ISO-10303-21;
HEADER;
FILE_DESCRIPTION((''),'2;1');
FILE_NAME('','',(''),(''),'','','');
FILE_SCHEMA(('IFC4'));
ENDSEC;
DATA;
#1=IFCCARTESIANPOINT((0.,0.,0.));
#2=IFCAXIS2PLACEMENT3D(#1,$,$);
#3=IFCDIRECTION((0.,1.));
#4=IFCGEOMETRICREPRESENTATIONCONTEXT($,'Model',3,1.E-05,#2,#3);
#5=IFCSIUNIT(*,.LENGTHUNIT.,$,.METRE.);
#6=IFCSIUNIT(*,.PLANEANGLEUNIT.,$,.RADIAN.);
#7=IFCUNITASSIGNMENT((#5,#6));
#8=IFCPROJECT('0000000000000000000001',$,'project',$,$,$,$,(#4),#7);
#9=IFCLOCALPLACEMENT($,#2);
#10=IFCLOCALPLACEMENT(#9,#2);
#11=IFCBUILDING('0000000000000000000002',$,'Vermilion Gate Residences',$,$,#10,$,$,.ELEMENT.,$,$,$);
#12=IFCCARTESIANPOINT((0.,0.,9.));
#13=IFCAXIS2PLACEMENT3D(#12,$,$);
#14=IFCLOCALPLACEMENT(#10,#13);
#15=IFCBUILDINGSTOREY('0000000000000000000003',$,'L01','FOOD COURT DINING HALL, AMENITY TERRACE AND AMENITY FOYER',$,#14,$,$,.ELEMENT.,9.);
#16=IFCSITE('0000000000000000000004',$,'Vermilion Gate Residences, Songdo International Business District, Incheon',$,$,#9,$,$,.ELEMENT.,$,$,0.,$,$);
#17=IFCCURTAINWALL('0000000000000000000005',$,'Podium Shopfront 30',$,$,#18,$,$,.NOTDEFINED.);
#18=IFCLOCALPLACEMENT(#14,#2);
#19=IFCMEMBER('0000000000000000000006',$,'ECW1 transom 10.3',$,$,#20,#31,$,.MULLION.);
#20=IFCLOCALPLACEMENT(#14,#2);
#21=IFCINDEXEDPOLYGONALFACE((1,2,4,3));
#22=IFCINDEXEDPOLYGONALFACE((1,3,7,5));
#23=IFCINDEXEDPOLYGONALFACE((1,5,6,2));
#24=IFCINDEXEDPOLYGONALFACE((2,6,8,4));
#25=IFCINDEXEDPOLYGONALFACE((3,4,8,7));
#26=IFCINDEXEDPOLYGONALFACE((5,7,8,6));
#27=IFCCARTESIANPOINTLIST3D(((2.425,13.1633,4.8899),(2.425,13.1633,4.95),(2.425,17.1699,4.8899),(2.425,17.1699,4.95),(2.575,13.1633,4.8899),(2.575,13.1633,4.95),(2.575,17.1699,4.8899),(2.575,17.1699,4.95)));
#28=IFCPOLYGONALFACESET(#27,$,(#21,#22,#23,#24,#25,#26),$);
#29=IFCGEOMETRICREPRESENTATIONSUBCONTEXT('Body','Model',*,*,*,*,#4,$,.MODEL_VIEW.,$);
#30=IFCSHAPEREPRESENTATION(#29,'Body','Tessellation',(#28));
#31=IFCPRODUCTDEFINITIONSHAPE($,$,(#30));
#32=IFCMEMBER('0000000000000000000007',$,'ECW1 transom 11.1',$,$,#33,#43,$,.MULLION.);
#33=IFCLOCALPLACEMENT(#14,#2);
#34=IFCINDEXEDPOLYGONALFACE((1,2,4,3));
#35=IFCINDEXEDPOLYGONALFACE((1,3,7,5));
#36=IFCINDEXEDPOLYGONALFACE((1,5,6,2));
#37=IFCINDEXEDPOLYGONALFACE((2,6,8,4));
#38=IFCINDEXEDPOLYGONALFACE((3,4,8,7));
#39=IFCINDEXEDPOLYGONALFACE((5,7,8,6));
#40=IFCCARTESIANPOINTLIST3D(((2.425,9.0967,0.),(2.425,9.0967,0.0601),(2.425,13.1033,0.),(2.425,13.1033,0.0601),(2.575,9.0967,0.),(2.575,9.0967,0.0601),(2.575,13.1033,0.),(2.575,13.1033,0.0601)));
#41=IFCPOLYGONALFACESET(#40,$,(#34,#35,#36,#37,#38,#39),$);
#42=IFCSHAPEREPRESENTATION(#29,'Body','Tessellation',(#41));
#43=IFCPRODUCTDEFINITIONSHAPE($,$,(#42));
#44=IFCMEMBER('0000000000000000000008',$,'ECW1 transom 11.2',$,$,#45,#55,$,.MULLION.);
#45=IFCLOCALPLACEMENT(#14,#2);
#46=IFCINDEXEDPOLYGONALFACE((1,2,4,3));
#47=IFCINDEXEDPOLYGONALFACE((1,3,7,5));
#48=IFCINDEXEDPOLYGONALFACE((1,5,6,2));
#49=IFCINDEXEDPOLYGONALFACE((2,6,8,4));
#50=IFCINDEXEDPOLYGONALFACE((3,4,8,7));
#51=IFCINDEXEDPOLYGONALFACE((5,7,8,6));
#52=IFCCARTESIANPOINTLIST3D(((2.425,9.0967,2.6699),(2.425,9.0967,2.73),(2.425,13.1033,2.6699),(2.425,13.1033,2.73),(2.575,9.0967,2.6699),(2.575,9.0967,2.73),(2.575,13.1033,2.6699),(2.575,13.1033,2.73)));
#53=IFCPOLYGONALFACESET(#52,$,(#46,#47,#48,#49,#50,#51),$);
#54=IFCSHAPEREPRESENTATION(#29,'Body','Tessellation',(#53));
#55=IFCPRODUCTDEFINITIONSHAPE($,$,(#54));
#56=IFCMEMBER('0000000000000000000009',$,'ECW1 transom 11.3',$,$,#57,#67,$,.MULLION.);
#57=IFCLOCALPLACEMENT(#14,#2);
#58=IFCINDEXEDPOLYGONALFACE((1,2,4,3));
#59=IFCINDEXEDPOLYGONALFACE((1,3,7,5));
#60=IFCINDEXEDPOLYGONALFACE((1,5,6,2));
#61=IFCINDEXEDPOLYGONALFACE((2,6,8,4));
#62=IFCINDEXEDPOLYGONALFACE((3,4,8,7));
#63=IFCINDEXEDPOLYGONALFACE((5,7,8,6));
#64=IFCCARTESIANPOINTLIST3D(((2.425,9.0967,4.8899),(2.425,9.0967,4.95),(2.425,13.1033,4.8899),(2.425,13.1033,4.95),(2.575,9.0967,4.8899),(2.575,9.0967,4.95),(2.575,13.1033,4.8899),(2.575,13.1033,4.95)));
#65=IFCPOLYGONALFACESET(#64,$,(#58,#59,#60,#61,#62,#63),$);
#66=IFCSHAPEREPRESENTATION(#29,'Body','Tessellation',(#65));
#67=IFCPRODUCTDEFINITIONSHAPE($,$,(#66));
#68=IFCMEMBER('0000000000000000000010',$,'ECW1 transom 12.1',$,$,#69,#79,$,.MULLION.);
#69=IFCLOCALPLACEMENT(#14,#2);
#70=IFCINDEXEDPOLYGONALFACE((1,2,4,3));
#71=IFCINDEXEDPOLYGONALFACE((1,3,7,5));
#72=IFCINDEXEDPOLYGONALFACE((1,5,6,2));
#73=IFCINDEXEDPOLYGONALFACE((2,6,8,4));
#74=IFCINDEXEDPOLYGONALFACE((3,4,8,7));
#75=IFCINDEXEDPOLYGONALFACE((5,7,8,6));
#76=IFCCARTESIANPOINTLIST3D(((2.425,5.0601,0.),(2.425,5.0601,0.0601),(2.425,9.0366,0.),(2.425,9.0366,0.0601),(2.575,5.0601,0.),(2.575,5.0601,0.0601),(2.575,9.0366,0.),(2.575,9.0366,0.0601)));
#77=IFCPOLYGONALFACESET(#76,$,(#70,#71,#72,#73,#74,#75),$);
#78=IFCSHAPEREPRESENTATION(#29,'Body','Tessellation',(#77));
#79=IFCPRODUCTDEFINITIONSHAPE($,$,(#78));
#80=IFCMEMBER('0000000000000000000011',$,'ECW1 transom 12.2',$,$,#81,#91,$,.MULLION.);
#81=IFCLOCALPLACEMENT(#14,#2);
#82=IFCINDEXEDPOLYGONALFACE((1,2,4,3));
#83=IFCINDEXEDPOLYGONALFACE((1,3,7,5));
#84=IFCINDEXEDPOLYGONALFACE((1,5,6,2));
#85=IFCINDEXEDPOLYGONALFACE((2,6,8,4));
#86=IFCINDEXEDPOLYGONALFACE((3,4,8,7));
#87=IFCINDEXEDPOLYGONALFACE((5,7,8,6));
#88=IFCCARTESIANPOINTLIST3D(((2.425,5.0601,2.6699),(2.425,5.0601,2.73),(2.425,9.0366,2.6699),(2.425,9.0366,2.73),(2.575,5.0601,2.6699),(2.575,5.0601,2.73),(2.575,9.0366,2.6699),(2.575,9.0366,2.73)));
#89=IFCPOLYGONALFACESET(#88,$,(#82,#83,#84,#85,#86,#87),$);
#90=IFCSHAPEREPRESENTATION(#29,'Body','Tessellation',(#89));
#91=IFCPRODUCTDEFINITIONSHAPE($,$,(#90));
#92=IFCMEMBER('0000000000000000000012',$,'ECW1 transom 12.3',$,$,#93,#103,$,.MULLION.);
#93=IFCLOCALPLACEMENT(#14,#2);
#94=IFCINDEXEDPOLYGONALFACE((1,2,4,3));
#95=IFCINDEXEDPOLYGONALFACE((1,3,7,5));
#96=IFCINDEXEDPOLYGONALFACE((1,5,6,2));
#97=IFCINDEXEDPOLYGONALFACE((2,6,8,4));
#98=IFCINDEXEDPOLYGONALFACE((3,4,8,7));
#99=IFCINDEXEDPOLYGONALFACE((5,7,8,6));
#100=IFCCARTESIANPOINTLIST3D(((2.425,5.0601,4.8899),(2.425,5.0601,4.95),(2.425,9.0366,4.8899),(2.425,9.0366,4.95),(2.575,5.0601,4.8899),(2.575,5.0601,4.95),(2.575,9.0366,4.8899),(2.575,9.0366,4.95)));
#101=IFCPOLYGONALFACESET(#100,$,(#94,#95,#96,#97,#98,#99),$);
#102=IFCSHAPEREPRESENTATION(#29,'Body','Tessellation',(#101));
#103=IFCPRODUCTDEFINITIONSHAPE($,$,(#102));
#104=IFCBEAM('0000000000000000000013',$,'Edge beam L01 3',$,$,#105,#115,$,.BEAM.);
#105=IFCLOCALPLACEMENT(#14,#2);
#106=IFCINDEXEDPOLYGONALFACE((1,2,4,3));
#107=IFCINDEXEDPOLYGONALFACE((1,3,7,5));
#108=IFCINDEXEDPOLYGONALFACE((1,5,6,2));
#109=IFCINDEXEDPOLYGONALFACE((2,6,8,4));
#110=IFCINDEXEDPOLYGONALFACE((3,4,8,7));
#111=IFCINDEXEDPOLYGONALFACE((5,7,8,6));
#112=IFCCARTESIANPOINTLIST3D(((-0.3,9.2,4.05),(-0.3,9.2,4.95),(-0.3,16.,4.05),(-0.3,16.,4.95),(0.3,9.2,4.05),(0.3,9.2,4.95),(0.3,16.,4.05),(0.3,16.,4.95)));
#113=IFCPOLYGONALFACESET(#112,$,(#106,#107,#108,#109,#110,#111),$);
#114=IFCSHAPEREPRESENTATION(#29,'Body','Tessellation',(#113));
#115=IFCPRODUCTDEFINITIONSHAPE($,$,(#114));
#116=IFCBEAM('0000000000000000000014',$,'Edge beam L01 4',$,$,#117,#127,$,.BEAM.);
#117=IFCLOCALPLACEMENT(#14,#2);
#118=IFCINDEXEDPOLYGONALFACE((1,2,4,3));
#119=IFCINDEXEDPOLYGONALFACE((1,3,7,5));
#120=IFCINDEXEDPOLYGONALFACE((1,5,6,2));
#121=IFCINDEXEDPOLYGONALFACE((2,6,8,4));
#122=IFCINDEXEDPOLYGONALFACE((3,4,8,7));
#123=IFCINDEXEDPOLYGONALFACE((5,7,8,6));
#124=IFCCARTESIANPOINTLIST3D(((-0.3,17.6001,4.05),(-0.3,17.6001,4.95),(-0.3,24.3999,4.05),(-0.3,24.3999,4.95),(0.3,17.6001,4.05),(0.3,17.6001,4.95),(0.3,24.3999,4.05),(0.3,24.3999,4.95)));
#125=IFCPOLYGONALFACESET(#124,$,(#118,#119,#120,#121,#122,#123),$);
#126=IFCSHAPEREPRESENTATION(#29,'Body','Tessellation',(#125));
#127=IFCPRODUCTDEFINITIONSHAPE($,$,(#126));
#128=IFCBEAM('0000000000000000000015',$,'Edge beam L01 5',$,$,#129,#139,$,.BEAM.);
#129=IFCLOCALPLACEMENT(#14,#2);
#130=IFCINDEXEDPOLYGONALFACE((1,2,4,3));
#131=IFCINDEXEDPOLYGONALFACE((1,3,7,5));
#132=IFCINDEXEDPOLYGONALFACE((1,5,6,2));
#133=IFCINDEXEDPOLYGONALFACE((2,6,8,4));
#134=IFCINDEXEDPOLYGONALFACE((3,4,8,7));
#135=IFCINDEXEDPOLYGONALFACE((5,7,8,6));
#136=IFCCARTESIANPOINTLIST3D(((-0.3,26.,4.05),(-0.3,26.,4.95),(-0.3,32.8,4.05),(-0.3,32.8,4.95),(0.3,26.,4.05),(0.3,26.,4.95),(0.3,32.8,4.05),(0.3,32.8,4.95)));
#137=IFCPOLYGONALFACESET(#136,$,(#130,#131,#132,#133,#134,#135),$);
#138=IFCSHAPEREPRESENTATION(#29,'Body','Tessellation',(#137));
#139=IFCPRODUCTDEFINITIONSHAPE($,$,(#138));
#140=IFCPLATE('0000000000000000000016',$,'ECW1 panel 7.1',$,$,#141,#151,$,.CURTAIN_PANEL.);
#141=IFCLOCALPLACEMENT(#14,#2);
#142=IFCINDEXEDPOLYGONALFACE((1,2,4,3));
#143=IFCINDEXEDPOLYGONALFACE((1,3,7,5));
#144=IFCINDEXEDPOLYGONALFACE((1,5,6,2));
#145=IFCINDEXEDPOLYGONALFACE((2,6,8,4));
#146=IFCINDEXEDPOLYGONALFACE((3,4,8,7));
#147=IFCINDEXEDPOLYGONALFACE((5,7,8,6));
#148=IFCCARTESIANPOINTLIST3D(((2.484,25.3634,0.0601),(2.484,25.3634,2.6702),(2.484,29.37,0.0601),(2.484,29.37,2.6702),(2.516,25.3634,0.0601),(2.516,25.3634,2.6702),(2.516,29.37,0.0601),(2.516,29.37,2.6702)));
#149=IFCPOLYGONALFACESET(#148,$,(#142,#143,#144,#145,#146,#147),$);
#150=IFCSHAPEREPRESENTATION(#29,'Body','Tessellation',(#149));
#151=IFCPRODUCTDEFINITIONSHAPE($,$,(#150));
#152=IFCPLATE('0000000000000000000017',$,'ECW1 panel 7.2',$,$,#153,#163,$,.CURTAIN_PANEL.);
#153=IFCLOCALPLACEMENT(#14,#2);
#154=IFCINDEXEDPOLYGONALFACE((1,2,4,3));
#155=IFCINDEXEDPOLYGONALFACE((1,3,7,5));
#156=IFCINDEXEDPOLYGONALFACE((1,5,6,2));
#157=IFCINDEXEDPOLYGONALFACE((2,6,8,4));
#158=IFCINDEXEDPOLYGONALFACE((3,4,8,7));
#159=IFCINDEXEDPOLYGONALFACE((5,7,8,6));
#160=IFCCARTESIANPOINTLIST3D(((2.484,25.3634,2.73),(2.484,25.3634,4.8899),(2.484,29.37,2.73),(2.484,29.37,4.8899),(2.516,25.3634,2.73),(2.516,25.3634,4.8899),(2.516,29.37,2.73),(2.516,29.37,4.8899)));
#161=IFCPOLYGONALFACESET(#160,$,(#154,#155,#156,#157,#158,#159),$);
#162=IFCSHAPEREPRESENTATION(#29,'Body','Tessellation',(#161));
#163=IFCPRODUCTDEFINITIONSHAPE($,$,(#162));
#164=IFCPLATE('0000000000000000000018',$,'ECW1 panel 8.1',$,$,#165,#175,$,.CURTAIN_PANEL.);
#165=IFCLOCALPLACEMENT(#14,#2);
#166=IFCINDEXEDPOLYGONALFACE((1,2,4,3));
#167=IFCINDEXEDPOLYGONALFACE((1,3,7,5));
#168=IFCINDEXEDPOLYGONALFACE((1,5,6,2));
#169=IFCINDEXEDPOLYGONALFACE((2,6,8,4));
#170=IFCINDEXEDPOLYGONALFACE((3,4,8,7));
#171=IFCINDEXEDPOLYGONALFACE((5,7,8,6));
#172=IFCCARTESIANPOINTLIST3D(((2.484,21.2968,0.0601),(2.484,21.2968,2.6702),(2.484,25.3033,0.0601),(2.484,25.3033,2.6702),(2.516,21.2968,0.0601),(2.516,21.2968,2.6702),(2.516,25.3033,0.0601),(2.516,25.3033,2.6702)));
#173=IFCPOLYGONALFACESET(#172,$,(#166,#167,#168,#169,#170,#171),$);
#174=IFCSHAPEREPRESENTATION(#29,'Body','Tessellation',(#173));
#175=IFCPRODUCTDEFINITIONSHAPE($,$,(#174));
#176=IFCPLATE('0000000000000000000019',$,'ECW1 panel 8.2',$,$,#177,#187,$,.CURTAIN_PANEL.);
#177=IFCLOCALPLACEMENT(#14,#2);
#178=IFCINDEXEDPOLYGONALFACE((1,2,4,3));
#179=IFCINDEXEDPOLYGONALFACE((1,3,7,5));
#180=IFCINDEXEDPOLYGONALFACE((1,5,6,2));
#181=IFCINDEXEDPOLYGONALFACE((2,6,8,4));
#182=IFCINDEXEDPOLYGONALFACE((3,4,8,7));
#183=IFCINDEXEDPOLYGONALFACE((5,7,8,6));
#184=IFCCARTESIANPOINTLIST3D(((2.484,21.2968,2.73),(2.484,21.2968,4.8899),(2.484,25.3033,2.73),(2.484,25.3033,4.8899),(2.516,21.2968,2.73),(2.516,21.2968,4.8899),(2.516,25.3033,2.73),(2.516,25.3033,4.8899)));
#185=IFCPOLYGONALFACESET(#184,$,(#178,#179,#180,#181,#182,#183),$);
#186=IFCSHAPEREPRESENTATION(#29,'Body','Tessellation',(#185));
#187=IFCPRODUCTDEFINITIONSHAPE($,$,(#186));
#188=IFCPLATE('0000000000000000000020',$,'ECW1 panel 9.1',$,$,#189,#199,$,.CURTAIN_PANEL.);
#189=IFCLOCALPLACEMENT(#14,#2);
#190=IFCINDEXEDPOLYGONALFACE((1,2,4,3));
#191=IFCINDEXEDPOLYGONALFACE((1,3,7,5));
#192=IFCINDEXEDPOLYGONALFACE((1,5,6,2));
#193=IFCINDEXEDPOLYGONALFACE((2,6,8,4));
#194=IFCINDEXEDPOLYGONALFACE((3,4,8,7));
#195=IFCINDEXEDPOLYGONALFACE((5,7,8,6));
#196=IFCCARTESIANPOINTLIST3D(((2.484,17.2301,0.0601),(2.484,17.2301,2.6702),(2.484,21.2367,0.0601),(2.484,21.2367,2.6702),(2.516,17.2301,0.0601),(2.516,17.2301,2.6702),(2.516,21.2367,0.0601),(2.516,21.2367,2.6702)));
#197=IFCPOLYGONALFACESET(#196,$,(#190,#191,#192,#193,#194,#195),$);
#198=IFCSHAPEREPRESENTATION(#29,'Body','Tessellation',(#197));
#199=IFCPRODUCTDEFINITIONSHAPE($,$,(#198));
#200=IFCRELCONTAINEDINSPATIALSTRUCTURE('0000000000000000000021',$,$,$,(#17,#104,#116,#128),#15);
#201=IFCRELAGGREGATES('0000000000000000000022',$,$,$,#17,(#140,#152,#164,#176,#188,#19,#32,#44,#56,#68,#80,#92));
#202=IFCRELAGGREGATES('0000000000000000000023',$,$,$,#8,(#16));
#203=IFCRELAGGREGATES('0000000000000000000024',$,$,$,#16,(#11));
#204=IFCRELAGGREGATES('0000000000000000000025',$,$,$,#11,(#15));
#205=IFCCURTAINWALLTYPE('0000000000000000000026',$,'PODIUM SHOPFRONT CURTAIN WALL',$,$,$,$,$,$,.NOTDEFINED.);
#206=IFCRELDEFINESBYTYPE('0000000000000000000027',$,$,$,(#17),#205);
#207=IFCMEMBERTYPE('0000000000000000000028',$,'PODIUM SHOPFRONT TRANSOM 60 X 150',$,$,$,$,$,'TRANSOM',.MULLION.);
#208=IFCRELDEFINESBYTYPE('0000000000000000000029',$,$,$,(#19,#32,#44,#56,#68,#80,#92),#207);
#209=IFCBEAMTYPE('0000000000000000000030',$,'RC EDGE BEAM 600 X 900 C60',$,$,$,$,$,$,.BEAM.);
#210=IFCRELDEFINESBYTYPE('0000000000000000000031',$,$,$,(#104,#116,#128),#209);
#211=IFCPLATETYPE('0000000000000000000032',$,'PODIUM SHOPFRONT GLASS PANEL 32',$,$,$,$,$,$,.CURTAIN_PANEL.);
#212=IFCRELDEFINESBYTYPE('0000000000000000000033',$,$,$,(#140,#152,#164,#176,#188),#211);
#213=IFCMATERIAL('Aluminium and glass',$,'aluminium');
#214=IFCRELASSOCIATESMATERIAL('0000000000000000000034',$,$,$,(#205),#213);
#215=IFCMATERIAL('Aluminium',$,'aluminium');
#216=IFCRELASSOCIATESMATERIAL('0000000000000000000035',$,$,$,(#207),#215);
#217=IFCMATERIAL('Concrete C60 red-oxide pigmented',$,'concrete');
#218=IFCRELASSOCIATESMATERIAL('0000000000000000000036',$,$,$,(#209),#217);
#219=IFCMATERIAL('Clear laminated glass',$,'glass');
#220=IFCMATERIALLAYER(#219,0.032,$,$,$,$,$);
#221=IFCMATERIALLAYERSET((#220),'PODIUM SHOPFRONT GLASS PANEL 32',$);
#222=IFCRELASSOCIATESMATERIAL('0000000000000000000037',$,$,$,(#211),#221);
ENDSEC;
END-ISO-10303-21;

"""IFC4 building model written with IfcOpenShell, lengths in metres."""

from ifc_helpers import new_model, si_unit, direction, frame, origin, origin_2d, place, context, subcontext, project, spatial, rectangle, extrude, material, layer, layer_set, material_profile, profile_set, type_object, element, aggregate, save


model = new_model("IFC4")

# Units and contexts
model_context = context("Model", 3, precision=1e-05, world=origin(), true_north=direction((0.0, 1.0)))
body_context = subcontext(model_context, "Body", "Model", "MODEL_VIEW")
ifc_project = project(units=[si_unit("LENGTHUNIT", "METRE"), si_unit("PLANEANGLEUNIT", "RADIAN")], contexts=[model_context])

# Site, building, storey
site_placement = place(None, origin())
site = spatial("IfcSite", under=ifc_project, at=site_placement, Name="Vermilion Gate Residences, Songdo International Business District, Incheon", CompositionType="ELEMENT", RefElevation=0.0)
building_placement = place(site_placement, origin())
building = spatial("IfcBuilding", under=site, at=building_placement, Name="Vermilion Gate Residences", CompositionType="ELEMENT")
storey_placement = place(building_placement, frame((0.0, 0.0, 9.0)))
storey = spatial("IfcBuildingStorey", under=building, at=storey_placement, Name="L01", Description="FOOD COURT DINING HALL, AMENITY TERRACE AND AMENITY FOYER", CompositionType="ELEMENT", Elevation=9.0)

# Curtain wall, members
ifc_material_1 = material(Name="Aluminium and glass", Category="aluminium")
curtain_wall_type = type_object("IfcCurtainWallType", Name="PODIUM SHOPFRONT CURTAIN WALL", PredefinedType="NOTDEFINED", material=ifc_material_1)
curtain_wall_placement = place(storey_placement, origin())
curtain_wall = element("IfcCurtainWall", 1, at=curtain_wall_placement, inside=storey, type_object=curtain_wall_type, Name="Podium Shopfront 30", PredefinedType="NOTDEFINED")
ifc_material_2 = material(Name="Aluminium", Category="aluminium")
ifc_material_profile_1 = material_profile(ifc_material_2, rectangle(XDim=0.1499, YDim=0.0601, at=origin_2d()), Name="TRANSOM 60 X 150")
ifc_profile_set_1 = profile_set([ifc_material_profile_1], Name="Aluminium")
member_type_1 = type_object("IfcMemberType", Name="PODIUM SHOPFRONT TRANSOM 60 X 150", ElementType="TRANSOM", PredefinedType="MULLION", material=ifc_profile_set_1)
member_1_placement = place(storey_placement, frame((2.5, 17.1699, 4.9199), z_axis=(0.0, -1.0, 0.0), x_axis=(1.0, 0.0, 0.0)))
member_1 = element("IfcMember", 2, at=member_1_placement, type_object=member_type_1, Name="ECW1 transom 10.3", PredefinedType="MULLION", context=body_context, shape_type="SweptSolid", body=[
    extrude(rectangle(XDim=0.1499, YDim=0.0601, at=origin_2d()), origin(), (0.0, 0.0, 1.0), 4.0066),
])
member_2_placement = place(storey_placement, frame((2.5, 13.1033, 0.03), z_axis=(0.0, -1.0, 0.0), x_axis=(1.0, 0.0, 0.0)))
member_2 = element("IfcMember", 3, at=member_2_placement, type_object=member_type_1, Name="ECW1 transom 11.1", PredefinedType="MULLION", context=body_context, shape_type="SweptSolid", body=[
    extrude(rectangle(XDim=0.1499, YDim=0.0601, at=origin_2d()), origin(), (0.0, 0.0, 1.0), 4.0066),
])
member_3_placement = place(storey_placement, frame((2.5, 13.1033, 2.7), z_axis=(0.0, -1.0, 0.0), x_axis=(1.0, 0.0, 0.0)))
member_3 = element("IfcMember", 4, at=member_3_placement, type_object=member_type_1, Name="ECW1 transom 11.2", PredefinedType="MULLION", context=body_context, shape_type="SweptSolid", body=[
    extrude(rectangle(XDim=0.1499, YDim=0.0601, at=origin_2d()), origin(), (0.0, 0.0, 1.0), 4.0066),
])
member_4_placement = place(storey_placement, frame((2.5, 13.1033, 4.9199), z_axis=(0.0, -1.0, 0.0), x_axis=(1.0, 0.0, 0.0)))
member_4 = element("IfcMember", 5, at=member_4_placement, type_object=member_type_1, Name="ECW1 transom 11.3", PredefinedType="MULLION", context=body_context, shape_type="SweptSolid", body=[
    extrude(rectangle(XDim=0.1499, YDim=0.0601, at=origin_2d()), origin(), (0.0, 0.0, 1.0), 4.0066),
])
member_5_placement = place(storey_placement, frame((2.5, 9.0366, 0.03), z_axis=(0.0, -1.0, 0.0), x_axis=(1.0, 0.0, 0.0)))
member_5 = element("IfcMember", 6, at=member_5_placement, type_object=member_type_1, Name="ECW1 transom 12.1", PredefinedType="MULLION", context=body_context, shape_type="SweptSolid", body=[
    extrude(rectangle(XDim=0.1499, YDim=0.0601, at=origin_2d()), origin(), (0.0, 0.0, 1.0), 3.9766),
])
member_6_placement = place(storey_placement, frame((2.5, 9.0366, 2.7), z_axis=(0.0, -1.0, 0.0), x_axis=(1.0, 0.0, 0.0)))
member_6 = element("IfcMember", 7, at=member_6_placement, type_object=member_type_1, Name="ECW1 transom 12.2", PredefinedType="MULLION", context=body_context, shape_type="SweptSolid", body=[
    extrude(rectangle(XDim=0.1499, YDim=0.0601, at=origin_2d()), origin(), (0.0, 0.0, 1.0), 3.9766),
])
member_7_placement = place(storey_placement, frame((2.5, 9.0366, 4.9199), z_axis=(0.0, -1.0, 0.0), x_axis=(1.0, 0.0, 0.0)))
member_7 = element("IfcMember", 8, at=member_7_placement, type_object=member_type_1, Name="ECW1 transom 12.3", PredefinedType="MULLION", context=body_context, shape_type="SweptSolid", body=[
    extrude(rectangle(XDim=0.1499, YDim=0.0601, at=origin_2d()), origin(), (0.0, 0.0, 1.0), 3.9766),
])

# Beams
ifc_material_3 = material(Name="Concrete C60 red-oxide pigmented", Category="concrete")
ifc_material_profile_2 = material_profile(ifc_material_3, rectangle(XDim=0.6001, YDim=0.8999, at=origin_2d()), Name="RC-600x900")
ifc_profile_set_2 = profile_set([ifc_material_profile_2], Name="Concrete C60 red-oxide pigmented")
beam_type = type_object("IfcBeamType", Name="RC EDGE BEAM 600 X 900 C60", PredefinedType="BEAM", material=ifc_profile_set_2)
beam_1_placement = place(storey_placement, frame((0.0, 9.2, 4.5), z_axis=(0.0, 1.0, 0.0), x_axis=(-1.0, 0.0, 0.0)))
element("IfcBeam", 9, at=beam_1_placement, inside=storey, type_object=beam_type, Name="Edge beam L01 3", PredefinedType="BEAM", context=body_context, shape_type="SweptSolid", body=[
    extrude(rectangle(XDim=0.6001, YDim=0.8999, at=origin_2d()), origin(), (0.0, 0.0, 1.0), 6.8),
])
beam_2_placement = place(storey_placement, frame((0.0, 17.6001, 4.5), z_axis=(0.0, 1.0, 0.0), x_axis=(-1.0, 0.0, 0.0)))
element("IfcBeam", 10, at=beam_2_placement, inside=storey, type_object=beam_type, Name="Edge beam L01 4", PredefinedType="BEAM", context=body_context, shape_type="SweptSolid", body=[
    extrude(rectangle(XDim=0.6001, YDim=0.8999, at=origin_2d()), origin(), (0.0, 0.0, 1.0), 6.7998),
])
beam_3_placement = place(storey_placement, frame((0.0, 26.0, 4.5), z_axis=(0.0, 1.0, 0.0), x_axis=(-1.0, 0.0, 0.0)))
element("IfcBeam", 11, at=beam_3_placement, inside=storey, type_object=beam_type, Name="Edge beam L01 5", PredefinedType="BEAM", context=body_context, shape_type="SweptSolid", body=[
    extrude(rectangle(XDim=0.6001, YDim=0.8999, at=origin_2d()), origin(), (0.0, 0.0, 1.0), 6.8),
])

# Plates
ifc_material_4 = material(Name="Clear laminated glass", Category="glass")
ifc_layer_1 = layer(ifc_material_4, 0.032)
ifc_layer_set_1 = layer_set([ifc_layer_1], Name="PODIUM SHOPFRONT GLASS PANEL 32")
plate_type = type_object("IfcPlateType", Name="PODIUM SHOPFRONT GLASS PANEL 32", PredefinedType="CURTAIN_PANEL", material=ifc_layer_set_1)
plate_1_placement = place(storey_placement, frame((2.5, 27.3667, 0.0601), z_axis=(0.0, 0.0, 1.0), x_axis=(0.0, -1.0, 0.0)))
plate_1 = element("IfcPlate", 12, at=plate_1_placement, type_object=plate_type, Name="ECW1 panel 7.1", PredefinedType="CURTAIN_PANEL", context=body_context, shape_type="SweptSolid", body=[
    extrude(rectangle(XDim=4.0066, YDim=0.032, at=origin_2d()), origin(), (0.0, 0.0, 1.0), 2.6101),
])
plate_2_placement = place(storey_placement, frame((2.5, 27.3667, 2.73), z_axis=(0.0, 0.0, 1.0), x_axis=(0.0, -1.0, 0.0)))
plate_2 = element("IfcPlate", 13, at=plate_2_placement, type_object=plate_type, Name="ECW1 panel 7.2", PredefinedType="CURTAIN_PANEL", context=body_context, shape_type="SweptSolid", body=[
    extrude(rectangle(XDim=4.0066, YDim=0.032, at=origin_2d()), origin(), (0.0, 0.0, 1.0), 2.1599),
])
plate_3_placement = place(storey_placement, frame((2.5, 23.3, 0.0601), z_axis=(0.0, 0.0, 1.0), x_axis=(0.0, -1.0, 0.0)))
plate_3 = element("IfcPlate", 14, at=plate_3_placement, type_object=plate_type, Name="ECW1 panel 8.1", PredefinedType="CURTAIN_PANEL", context=body_context, shape_type="SweptSolid", body=[
    extrude(rectangle(XDim=4.0066, YDim=0.032, at=origin_2d()), origin(), (0.0, 0.0, 1.0), 2.6101),
])
plate_4_placement = place(storey_placement, frame((2.5, 23.3, 2.73), z_axis=(0.0, 0.0, 1.0), x_axis=(0.0, -1.0, 0.0)))
plate_4 = element("IfcPlate", 15, at=plate_4_placement, type_object=plate_type, Name="ECW1 panel 8.2", PredefinedType="CURTAIN_PANEL", context=body_context, shape_type="SweptSolid", body=[
    extrude(rectangle(XDim=4.0066, YDim=0.032, at=origin_2d()), origin(), (0.0, 0.0, 1.0), 2.1599),
])
plate_5_placement = place(storey_placement, frame((2.5, 19.2334, 0.0601), z_axis=(0.0, 0.0, 1.0), x_axis=(0.0, -1.0, 0.0)))
plate_5 = element("IfcPlate", 16, at=plate_5_placement, type_object=plate_type, Name="ECW1 panel 9.1", PredefinedType="CURTAIN_PANEL", context=body_context, shape_type="SweptSolid", body=[
    extrude(rectangle(XDim=4.0066, YDim=0.032, at=origin_2d()), origin(), (0.0, 0.0, 1.0), 2.6101),
])
aggregate(curtain_wall, [plate_1, plate_2, plate_3, plate_4, plate_5, member_1, member_2, member_3, member_4, member_5, member_6, member_7])

save(model, "model.ifc")
